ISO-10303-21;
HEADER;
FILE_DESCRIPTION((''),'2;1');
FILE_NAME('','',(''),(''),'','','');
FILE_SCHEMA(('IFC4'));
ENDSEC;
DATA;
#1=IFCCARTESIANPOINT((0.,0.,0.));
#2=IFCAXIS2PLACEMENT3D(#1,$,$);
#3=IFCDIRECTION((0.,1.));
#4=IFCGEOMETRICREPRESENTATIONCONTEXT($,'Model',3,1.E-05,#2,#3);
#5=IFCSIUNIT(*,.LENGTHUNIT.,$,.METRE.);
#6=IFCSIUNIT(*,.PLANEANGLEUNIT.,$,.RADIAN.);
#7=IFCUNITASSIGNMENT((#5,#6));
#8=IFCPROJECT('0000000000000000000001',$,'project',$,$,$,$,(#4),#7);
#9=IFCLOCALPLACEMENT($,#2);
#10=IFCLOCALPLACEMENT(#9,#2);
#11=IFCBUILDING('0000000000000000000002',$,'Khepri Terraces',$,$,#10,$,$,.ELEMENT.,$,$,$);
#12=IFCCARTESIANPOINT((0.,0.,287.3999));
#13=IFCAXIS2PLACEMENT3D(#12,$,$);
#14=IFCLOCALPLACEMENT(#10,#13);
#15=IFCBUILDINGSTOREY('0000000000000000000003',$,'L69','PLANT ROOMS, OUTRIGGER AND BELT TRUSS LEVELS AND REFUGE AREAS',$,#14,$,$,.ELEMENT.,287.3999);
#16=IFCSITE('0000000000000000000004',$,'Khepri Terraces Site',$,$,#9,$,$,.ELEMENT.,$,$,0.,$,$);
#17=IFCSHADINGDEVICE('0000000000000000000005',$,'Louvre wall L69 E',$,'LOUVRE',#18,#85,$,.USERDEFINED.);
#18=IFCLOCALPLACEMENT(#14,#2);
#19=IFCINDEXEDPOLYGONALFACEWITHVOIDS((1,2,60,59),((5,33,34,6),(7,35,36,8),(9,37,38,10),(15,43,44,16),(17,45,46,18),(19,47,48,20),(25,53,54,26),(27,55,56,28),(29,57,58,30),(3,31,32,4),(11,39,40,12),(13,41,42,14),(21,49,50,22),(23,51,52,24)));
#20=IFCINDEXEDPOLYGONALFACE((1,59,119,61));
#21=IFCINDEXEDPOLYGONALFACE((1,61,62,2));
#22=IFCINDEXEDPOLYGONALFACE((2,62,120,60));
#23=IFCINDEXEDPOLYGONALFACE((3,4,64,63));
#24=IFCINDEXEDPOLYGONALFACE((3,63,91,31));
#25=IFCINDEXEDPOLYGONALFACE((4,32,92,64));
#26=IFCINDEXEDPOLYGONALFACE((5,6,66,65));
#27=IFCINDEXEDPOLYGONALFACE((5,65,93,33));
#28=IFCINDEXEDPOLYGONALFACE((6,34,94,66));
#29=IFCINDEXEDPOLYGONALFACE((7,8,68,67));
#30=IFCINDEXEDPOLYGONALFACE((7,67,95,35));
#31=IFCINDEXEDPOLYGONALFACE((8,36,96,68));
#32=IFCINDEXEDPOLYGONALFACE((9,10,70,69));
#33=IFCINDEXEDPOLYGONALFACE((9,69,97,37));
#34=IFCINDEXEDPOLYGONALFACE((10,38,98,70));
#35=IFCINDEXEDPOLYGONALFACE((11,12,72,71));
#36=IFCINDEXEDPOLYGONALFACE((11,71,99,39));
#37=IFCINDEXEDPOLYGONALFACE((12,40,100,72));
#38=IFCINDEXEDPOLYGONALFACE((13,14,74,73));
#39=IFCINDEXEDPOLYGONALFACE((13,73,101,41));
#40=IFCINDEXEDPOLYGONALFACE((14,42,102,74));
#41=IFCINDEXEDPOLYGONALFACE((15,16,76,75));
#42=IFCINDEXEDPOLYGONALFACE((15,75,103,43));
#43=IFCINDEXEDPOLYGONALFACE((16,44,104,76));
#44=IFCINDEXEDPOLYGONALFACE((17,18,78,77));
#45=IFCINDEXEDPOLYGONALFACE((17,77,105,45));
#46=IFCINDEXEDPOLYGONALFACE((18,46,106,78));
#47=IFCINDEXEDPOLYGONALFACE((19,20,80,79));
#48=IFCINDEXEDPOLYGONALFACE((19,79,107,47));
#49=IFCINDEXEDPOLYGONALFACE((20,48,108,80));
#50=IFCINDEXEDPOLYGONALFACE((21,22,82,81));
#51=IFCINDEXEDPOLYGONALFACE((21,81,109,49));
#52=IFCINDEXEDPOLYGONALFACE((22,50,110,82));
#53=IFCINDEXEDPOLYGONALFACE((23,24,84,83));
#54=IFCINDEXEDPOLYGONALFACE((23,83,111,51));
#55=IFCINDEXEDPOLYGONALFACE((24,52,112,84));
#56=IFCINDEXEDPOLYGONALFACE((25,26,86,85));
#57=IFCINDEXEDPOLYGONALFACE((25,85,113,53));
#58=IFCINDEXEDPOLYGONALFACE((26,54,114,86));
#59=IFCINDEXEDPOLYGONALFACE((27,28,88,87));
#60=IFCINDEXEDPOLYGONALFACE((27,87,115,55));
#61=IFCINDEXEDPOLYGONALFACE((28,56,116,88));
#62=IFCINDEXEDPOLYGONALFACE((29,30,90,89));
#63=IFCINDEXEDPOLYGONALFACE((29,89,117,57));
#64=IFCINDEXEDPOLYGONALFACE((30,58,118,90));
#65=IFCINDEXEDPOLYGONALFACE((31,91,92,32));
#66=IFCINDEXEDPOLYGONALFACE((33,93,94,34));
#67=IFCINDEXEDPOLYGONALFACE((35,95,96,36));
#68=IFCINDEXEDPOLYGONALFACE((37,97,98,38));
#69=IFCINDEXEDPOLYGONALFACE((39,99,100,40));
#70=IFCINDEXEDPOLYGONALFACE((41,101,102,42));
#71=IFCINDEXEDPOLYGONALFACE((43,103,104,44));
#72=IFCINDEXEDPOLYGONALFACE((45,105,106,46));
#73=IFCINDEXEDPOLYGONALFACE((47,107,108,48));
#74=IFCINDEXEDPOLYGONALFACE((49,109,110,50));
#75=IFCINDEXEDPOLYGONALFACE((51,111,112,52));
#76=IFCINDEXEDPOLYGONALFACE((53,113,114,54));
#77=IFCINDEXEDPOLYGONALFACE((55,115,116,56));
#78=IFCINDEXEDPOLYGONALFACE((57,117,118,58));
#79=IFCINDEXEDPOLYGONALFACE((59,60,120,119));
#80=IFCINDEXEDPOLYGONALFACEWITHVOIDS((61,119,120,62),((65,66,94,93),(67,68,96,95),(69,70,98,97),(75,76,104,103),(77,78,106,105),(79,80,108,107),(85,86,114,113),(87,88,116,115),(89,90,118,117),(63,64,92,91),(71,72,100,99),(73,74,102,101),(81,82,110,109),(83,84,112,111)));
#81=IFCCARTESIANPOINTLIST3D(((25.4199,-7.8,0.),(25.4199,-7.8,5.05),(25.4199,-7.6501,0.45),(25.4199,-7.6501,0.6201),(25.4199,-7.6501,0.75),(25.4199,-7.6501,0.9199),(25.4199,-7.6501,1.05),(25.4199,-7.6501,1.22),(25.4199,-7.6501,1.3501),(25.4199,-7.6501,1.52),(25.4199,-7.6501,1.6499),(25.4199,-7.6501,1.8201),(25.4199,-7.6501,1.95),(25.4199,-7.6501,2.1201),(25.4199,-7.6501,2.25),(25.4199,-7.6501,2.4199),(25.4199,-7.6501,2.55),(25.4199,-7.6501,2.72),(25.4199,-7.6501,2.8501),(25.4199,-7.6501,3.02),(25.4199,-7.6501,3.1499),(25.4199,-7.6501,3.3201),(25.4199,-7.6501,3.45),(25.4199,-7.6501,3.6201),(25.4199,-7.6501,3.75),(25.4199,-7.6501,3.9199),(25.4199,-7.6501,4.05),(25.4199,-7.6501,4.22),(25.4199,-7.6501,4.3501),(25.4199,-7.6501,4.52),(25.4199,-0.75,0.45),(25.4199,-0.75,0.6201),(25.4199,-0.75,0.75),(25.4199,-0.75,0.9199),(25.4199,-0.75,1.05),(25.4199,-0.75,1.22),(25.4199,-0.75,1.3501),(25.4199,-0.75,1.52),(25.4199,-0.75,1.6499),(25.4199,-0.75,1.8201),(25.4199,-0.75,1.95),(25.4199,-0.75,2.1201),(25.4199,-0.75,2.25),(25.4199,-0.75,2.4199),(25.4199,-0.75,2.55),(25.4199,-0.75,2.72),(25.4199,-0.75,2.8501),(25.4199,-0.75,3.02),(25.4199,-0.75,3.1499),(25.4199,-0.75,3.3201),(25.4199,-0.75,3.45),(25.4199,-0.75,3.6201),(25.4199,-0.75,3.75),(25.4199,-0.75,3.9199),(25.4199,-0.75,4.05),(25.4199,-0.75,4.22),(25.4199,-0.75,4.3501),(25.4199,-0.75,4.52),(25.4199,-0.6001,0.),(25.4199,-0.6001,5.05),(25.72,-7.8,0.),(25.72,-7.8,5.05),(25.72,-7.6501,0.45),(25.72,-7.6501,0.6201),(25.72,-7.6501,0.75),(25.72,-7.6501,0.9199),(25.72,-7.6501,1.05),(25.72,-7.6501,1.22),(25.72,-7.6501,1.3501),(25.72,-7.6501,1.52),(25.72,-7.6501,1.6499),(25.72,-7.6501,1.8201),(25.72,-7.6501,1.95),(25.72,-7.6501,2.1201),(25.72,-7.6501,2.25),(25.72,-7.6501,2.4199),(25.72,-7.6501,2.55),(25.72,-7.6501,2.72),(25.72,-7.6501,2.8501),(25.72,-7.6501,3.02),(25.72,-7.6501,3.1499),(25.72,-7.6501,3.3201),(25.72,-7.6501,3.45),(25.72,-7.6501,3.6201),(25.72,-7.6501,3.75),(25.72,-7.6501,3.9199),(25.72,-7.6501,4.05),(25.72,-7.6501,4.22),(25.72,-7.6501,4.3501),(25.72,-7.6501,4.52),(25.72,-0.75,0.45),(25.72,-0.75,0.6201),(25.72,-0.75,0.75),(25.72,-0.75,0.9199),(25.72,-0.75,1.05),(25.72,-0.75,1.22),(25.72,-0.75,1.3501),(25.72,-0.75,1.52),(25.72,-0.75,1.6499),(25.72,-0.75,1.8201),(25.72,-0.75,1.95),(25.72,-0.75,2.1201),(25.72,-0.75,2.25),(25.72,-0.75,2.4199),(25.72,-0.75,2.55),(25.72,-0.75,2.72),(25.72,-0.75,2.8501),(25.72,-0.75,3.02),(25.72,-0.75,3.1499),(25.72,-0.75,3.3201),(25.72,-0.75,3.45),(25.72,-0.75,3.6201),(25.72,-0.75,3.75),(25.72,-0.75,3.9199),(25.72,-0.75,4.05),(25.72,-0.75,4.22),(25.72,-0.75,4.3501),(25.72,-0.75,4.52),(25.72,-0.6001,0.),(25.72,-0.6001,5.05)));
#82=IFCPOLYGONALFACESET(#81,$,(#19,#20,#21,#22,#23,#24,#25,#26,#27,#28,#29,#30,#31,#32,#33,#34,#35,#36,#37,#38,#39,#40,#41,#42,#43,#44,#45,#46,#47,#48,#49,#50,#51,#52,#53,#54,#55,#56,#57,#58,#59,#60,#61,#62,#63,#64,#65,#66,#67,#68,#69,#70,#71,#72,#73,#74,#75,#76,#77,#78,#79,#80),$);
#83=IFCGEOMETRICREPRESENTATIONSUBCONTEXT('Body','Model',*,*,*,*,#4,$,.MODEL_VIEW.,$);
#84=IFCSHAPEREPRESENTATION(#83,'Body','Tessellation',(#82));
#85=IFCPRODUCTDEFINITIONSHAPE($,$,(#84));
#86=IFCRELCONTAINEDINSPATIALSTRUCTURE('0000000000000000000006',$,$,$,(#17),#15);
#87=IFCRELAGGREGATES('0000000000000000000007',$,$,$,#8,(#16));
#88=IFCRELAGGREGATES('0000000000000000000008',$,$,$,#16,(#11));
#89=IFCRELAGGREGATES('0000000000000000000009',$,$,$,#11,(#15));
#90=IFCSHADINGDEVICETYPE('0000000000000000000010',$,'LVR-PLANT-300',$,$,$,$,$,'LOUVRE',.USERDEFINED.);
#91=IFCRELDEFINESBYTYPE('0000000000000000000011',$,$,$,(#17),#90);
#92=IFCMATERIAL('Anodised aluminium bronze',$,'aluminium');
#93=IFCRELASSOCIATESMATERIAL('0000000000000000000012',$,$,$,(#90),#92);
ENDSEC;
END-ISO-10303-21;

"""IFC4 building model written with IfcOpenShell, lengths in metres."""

from ifc_helpers import new_model, si_unit, direction, frame, origin, place, context, subcontext, project, spatial, polyline, outline, extrude, material, type_object, element, save


model = new_model("IFC4")

# Units and contexts
model_context = context("Model", 3, precision=1e-05, world=origin(), true_north=direction((0.0, 1.0)))
body_context = subcontext(model_context, "Body", "Model", "MODEL_VIEW")
ifc_project = project(units=[si_unit("LENGTHUNIT", "METRE"), si_unit("PLANEANGLEUNIT", "RADIAN")], contexts=[model_context])

# Site, building, storey
site_placement = place(None, origin())
site = spatial("IfcSite", under=ifc_project, at=site_placement, Name="Khepri Terraces Site", CompositionType="ELEMENT", RefElevation=0.0)
building_placement = place(site_placement, origin())
building = spatial("IfcBuilding", under=site, at=building_placement, Name="Khepri Terraces", CompositionType="ELEMENT")
storey_placement = place(building_placement, frame((0.0, 0.0, 287.3999)))
storey = spatial("IfcBuildingStorey", under=building, at=storey_placement, Name="L69", Description="PLANT ROOMS, OUTRIGGER AND BELT TRUSS LEVELS AND REFUGE AREAS", CompositionType="ELEMENT", Elevation=287.3999)

# Shading device
ifc_material_1 = material(Name="Anodised aluminium bronze", Category="aluminium")
shading_device_type = type_object("IfcShadingDeviceType", Name="LVR-PLANT-300", ElementType="LOUVRE", PredefinedType="USERDEFINED", material=ifc_material_1)
shading_device_1_placement = place(storey_placement, frame((25.4199, -7.8, 0.0), z_axis=(1.0, 0.0, 0.0), x_axis=(0.0, 1.0, 0.0)))
element("IfcShadingDevice", 1, at=shading_device_1_placement, inside=storey, type_object=shading_device_type, Name="Louvre wall L69 E", ObjectType="LOUVRE", PredefinedType="USERDEFINED", context=body_context, shape_type="SweptSolid", body=[
    extrude(outline(polyline([(0.0, 0.0), (7.2, 0.0), (7.2, 5.05), (0.0, 5.05), (0.0, 0.0)]), holes=[polyline([(0.1499, 0.45), (7.05, 0.45), (7.05, 0.6201), (0.1499, 0.6201), (0.1499, 0.45)]), polyline([(0.1499, 0.75), (7.05, 0.75), (7.05, 0.9199), (0.1499, 0.9199), (0.1499, 0.75)]), polyline([(0.1499, 1.05), (7.05, 1.05), (7.05, 1.22), (0.1499, 1.22), (0.1499, 1.05)]), polyline([(0.1499, 1.3501), (7.05, 1.3501), (7.05, 1.52), (0.1499, 1.52), (0.1499, 1.3501)]), polyline([(0.1499, 1.6499), (7.05, 1.6499), (7.05, 1.8201), (0.1499, 1.8201), (0.1499, 1.6499)]), polyline([(0.1499, 1.95), (7.05, 1.95), (7.05, 2.1201), (0.1499, 2.1201), (0.1499, 1.95)]), polyline([(0.1499, 2.25), (7.05, 2.25), (7.05, 2.4199), (0.1499, 2.4199), (0.1499, 2.25)]), polyline([(0.1499, 2.55), (7.05, 2.55), (7.05, 2.72), (0.1499, 2.72), (0.1499, 2.55)]), polyline([(0.1499, 2.8501), (7.05, 2.8501), (7.05, 3.02), (0.1499, 3.02), (0.1499, 2.8501)]), polyline([(0.1499, 3.1499), (7.05, 3.1499), (7.05, 3.3201), (0.1499, 3.3201), (0.1499, 3.1499)]), polyline([(0.1499, 3.45), (7.05, 3.45), (7.05, 3.6201), (0.1499, 3.6201), (0.1499, 3.45)]), polyline([(0.1499, 3.75), (7.05, 3.75), (7.05, 3.9199), (0.1499, 3.9199), (0.1499, 3.75)]), polyline([(0.1499, 4.05), (7.05, 4.05), (7.05, 4.22), (0.1499, 4.22), (0.1499, 4.05)]), polyline([(0.1499, 4.3501), (7.05, 4.3501), (7.05, 4.52), (0.1499, 4.52), (0.1499, 4.3501)])]), origin(), (0.0, 0.0, 1.0), 0.3),
])

save(model, "model.ifc")
